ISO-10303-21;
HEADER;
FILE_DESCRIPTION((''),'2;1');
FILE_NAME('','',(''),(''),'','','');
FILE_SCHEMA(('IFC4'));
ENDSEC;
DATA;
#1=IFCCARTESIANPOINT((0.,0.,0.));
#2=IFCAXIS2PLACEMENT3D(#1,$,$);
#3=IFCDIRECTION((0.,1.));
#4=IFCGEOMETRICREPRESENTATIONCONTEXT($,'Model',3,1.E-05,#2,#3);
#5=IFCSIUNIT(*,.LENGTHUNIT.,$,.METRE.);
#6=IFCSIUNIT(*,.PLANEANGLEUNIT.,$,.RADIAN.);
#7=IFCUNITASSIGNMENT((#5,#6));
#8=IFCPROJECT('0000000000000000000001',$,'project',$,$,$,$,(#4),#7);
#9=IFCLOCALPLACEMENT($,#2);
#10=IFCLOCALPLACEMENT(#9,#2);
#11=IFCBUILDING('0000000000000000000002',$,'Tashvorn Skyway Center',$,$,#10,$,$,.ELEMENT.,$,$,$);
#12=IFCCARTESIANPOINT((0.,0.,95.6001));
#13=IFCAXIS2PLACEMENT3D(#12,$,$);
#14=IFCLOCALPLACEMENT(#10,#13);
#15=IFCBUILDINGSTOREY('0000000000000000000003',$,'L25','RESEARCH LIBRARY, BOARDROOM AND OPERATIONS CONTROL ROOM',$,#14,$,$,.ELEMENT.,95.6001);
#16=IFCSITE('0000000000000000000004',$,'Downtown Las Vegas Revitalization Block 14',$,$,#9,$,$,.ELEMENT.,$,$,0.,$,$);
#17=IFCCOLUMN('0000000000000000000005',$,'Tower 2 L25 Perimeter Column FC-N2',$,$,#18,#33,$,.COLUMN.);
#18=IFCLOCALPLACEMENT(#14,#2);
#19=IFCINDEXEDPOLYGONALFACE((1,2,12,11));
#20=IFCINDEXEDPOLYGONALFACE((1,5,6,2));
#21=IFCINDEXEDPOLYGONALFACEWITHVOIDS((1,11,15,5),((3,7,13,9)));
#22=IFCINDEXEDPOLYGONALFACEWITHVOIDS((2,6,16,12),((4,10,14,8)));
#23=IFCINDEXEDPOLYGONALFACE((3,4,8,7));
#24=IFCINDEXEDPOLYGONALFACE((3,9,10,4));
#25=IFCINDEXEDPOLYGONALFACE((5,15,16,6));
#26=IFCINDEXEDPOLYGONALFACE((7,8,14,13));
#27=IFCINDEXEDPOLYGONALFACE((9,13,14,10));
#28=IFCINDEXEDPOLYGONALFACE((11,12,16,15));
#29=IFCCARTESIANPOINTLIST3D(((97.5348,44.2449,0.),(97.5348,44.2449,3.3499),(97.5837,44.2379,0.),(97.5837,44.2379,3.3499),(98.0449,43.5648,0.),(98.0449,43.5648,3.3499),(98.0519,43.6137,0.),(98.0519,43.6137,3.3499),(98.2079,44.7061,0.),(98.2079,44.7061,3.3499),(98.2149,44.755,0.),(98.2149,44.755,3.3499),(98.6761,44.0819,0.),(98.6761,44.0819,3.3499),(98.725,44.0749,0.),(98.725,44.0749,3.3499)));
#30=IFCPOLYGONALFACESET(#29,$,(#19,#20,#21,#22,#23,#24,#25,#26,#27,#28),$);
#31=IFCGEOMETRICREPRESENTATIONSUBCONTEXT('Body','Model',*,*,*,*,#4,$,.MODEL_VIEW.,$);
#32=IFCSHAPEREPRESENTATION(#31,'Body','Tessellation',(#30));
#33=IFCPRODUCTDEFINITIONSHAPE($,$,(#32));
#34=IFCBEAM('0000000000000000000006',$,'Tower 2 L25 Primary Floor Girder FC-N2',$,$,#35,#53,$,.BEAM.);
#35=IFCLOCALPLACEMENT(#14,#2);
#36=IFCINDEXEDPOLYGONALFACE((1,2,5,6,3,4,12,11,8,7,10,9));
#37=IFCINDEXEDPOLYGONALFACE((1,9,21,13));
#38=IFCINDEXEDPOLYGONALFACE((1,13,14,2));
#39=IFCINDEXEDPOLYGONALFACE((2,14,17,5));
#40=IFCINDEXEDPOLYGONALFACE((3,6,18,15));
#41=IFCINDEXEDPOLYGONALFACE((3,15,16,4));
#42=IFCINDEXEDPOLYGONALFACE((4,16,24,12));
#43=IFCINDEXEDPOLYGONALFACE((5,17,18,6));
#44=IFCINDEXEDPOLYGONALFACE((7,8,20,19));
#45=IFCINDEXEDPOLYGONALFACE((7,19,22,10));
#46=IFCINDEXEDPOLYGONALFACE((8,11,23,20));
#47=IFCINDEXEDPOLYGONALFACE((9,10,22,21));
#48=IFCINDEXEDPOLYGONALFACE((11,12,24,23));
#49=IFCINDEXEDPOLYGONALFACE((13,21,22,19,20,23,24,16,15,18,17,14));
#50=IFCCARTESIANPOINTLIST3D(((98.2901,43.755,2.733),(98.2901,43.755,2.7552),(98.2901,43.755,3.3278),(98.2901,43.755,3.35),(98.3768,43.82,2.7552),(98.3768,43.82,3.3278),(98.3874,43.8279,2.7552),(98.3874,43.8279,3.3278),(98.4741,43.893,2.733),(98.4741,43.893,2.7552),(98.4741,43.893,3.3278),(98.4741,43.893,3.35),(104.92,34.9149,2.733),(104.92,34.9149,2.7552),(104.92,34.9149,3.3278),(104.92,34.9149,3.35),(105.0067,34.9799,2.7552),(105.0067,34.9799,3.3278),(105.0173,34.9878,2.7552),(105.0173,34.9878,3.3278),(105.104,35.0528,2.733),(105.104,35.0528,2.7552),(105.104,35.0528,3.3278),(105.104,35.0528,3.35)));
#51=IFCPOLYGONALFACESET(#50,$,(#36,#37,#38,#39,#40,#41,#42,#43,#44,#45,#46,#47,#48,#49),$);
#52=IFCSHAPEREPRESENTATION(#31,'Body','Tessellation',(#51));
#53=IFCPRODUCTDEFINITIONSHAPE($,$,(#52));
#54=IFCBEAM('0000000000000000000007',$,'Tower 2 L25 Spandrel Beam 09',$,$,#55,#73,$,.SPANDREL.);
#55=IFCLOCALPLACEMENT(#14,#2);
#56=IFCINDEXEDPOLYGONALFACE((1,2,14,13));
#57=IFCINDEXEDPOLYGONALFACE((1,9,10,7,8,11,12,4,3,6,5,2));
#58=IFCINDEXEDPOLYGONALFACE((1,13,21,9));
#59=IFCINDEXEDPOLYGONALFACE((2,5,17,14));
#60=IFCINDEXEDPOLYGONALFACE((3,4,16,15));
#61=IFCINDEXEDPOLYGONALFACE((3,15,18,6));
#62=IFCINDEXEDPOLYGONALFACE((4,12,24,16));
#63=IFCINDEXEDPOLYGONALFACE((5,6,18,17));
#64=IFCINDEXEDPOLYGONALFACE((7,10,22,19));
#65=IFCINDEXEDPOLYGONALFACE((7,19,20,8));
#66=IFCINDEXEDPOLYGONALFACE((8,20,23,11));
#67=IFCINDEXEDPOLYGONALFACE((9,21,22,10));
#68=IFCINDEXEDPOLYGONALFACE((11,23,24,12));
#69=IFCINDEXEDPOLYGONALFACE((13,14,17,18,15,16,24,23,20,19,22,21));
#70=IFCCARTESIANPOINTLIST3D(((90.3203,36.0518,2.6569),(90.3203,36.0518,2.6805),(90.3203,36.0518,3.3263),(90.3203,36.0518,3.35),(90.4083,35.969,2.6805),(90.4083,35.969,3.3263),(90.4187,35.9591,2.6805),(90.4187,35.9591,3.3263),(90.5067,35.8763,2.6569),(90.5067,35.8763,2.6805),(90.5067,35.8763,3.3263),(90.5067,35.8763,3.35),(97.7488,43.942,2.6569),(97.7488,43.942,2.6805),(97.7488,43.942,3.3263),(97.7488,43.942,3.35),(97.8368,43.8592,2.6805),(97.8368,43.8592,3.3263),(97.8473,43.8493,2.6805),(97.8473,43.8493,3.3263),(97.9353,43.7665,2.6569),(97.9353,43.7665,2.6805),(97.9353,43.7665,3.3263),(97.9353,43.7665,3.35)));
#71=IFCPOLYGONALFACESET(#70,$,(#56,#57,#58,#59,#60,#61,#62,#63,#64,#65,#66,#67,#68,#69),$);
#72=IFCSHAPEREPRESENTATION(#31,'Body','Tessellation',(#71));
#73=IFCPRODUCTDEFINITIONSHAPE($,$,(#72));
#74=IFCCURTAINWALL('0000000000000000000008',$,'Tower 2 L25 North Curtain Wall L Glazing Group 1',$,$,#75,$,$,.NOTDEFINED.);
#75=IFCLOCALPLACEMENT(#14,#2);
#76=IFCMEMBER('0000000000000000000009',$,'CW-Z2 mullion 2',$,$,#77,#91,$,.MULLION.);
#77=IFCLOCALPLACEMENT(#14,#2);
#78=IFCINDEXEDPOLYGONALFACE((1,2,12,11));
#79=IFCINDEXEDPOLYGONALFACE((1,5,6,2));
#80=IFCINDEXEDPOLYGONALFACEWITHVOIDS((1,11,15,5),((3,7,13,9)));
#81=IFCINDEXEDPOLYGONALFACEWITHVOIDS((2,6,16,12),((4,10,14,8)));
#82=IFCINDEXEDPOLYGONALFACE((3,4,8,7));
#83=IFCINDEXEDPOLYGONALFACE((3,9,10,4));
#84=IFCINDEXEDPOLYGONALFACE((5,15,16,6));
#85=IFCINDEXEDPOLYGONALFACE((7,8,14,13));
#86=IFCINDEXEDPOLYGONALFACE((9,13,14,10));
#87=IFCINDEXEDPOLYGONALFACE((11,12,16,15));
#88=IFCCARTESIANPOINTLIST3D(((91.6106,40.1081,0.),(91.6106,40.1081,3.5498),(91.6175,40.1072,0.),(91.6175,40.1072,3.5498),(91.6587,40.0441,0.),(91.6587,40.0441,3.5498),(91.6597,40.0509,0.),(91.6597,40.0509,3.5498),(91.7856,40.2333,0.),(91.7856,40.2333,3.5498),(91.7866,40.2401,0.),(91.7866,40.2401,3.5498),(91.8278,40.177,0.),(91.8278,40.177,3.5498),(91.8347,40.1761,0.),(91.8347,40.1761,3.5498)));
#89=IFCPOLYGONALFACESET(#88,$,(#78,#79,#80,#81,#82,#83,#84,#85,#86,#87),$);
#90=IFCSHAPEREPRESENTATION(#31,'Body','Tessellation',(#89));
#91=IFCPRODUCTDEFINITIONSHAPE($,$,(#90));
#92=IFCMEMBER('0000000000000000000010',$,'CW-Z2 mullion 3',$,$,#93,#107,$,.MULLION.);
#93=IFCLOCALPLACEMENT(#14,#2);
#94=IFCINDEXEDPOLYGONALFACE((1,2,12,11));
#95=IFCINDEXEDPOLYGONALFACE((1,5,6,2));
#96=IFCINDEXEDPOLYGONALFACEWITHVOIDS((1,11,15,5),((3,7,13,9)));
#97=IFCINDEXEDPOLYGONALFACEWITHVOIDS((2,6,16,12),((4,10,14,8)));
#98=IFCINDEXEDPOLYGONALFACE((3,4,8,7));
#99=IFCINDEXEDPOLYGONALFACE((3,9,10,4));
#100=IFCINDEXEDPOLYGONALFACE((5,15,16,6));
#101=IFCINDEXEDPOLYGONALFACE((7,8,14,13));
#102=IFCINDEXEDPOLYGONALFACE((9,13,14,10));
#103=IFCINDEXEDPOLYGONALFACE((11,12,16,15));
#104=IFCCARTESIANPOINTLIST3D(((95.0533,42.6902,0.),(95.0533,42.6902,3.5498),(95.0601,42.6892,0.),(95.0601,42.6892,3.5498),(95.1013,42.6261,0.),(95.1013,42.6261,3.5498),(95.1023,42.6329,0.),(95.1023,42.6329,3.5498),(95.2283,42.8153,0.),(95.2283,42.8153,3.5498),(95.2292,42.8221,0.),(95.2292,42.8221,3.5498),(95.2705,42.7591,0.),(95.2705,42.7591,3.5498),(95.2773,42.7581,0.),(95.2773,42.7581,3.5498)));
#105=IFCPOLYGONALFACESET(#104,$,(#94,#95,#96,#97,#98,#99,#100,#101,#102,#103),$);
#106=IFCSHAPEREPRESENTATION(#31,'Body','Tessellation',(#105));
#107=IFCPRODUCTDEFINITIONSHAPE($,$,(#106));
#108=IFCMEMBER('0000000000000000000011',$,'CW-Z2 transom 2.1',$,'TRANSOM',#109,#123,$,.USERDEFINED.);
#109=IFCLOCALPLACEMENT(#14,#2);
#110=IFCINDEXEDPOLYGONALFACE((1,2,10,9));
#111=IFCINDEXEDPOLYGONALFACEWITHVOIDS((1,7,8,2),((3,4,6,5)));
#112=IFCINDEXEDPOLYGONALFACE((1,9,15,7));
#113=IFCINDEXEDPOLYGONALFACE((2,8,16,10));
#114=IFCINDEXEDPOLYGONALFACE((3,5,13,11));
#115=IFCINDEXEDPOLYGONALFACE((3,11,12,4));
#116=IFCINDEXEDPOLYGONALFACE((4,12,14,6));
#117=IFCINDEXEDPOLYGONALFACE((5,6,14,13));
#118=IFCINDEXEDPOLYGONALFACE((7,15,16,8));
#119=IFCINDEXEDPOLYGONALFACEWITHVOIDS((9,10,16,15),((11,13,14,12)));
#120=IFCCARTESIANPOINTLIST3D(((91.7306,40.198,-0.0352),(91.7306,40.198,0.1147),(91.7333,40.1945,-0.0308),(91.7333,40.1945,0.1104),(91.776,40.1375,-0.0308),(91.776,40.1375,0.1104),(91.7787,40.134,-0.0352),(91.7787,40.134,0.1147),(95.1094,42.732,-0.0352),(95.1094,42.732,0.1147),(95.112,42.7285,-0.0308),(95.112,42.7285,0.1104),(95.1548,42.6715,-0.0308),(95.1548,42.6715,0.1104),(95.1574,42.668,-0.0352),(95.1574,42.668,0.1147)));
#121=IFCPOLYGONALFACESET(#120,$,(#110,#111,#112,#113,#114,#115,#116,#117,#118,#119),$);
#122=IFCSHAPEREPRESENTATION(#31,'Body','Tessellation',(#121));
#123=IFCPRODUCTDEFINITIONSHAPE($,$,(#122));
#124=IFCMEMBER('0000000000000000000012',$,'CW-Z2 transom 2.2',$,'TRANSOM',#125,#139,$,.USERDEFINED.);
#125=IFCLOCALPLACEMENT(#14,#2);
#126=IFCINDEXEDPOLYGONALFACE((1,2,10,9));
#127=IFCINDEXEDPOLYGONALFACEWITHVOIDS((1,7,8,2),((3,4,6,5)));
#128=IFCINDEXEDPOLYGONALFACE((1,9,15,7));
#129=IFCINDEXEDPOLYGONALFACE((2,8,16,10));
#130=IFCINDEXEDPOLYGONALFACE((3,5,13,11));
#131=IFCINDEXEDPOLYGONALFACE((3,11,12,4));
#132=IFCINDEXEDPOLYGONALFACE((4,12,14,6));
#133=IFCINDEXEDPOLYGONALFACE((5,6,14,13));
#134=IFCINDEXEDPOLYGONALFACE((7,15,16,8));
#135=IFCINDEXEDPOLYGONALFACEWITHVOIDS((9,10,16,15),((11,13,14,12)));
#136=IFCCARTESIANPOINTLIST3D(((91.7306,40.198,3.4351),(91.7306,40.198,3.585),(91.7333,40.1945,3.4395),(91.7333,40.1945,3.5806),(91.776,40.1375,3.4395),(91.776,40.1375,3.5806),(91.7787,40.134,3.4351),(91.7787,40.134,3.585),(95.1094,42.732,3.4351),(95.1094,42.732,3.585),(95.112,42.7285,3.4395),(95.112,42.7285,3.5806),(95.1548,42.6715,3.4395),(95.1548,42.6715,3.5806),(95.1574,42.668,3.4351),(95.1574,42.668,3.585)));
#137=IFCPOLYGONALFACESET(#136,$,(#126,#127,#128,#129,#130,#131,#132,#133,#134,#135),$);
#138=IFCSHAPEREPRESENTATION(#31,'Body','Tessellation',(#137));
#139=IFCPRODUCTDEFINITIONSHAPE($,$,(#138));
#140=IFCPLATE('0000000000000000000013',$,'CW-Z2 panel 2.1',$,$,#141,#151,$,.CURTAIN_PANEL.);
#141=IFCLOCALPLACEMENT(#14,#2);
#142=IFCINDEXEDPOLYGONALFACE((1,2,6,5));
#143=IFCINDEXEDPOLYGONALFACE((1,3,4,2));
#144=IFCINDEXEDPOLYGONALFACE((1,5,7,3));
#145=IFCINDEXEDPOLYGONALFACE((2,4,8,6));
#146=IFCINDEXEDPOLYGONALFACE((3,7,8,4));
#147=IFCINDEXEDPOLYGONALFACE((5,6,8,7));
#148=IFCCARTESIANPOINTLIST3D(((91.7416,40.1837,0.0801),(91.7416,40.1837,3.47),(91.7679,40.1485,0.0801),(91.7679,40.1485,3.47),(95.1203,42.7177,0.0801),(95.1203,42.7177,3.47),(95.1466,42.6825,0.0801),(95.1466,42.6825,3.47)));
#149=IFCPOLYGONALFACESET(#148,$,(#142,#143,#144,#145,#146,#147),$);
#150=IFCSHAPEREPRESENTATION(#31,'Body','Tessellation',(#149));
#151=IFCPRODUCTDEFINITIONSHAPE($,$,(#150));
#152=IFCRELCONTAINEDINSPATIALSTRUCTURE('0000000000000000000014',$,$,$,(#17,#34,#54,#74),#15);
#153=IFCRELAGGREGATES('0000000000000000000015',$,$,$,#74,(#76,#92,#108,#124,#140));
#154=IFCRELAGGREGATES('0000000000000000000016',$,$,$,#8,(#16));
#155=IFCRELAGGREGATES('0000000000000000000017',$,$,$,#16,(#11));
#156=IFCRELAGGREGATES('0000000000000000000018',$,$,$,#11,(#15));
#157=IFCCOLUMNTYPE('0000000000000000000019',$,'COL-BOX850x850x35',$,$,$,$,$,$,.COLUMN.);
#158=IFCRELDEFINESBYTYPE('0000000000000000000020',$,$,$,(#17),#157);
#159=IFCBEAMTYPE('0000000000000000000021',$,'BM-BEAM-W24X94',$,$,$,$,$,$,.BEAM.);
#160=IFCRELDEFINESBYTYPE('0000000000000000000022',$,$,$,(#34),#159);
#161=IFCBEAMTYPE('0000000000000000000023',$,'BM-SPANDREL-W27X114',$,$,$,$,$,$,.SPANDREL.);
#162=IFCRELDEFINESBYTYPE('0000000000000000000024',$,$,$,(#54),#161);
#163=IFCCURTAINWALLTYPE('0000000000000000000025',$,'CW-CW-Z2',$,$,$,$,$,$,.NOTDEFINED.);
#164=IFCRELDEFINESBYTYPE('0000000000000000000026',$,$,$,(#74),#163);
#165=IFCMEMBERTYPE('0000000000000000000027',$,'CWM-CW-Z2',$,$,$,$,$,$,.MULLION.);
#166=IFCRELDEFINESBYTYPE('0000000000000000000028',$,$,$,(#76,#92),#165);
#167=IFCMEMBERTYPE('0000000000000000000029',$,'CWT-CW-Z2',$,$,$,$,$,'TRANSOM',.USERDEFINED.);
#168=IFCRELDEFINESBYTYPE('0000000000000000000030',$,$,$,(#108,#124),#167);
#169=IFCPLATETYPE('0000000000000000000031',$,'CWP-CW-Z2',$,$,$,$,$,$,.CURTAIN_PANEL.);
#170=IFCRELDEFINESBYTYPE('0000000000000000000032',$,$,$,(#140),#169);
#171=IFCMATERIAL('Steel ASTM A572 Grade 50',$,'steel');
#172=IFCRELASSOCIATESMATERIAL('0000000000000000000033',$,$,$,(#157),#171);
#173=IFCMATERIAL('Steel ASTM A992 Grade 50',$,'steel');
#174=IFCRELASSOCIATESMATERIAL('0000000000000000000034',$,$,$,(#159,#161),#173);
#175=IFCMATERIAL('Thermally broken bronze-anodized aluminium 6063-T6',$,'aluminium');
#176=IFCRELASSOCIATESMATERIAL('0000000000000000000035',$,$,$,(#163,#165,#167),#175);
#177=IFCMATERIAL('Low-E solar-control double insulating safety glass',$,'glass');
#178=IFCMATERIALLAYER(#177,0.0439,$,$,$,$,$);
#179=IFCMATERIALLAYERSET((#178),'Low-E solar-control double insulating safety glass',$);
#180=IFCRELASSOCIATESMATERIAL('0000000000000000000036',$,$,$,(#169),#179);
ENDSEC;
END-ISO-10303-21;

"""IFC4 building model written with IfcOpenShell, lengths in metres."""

from ifc_helpers import new_model, si_unit, direction, frame, origin, origin_2d, place, context, subcontext, project, spatial, rectangle, hollow_rectangle, i_section, extrude, material, layer, layer_set, material_profile, profile_set, type_object, element, aggregate, save


model = new_model("IFC4")

# Units and contexts
model_context = context("Model", 3, precision=1e-05, world=origin(), true_north=direction((0.0, 1.0)))
body_context = subcontext(model_context, "Body", "Model", "MODEL_VIEW")
ifc_project = project(units=[si_unit("LENGTHUNIT", "METRE"), si_unit("PLANEANGLEUNIT", "RADIAN")], contexts=[model_context])

# Site, building, storey
site_placement = place(None, origin())
site = spatial("IfcSite", under=ifc_project, at=site_placement, Name="Downtown Las Vegas Revitalization Block 14", CompositionType="ELEMENT", RefElevation=0.0)
building_placement = place(site_placement, origin())
building = spatial("IfcBuilding", under=site, at=building_placement, Name="Tashvorn Skyway Center", CompositionType="ELEMENT")
storey_placement = place(building_placement, frame((0.0, 0.0, 95.6001)))
storey = spatial("IfcBuildingStorey", under=building, at=storey_placement, Name="L25", Description="RESEARCH LIBRARY, BOARDROOM AND OPERATIONS CONTROL ROOM", CompositionType="ELEMENT", Elevation=95.6001)

# Column
ifc_material_1 = material(Name="Steel ASTM A572 Grade 50", Category="steel")
ifc_material_profile_1 = material_profile(ifc_material_1, hollow_rectangle(XDim=0.8501, YDim=0.8501, WallThickness=0.0349, at=origin_2d()), Name="BOX850x850x35")
ifc_profile_set_1 = profile_set([ifc_material_profile_1], Name="Steel ASTM A572 Grade 50")
column_type = type_object("IfcColumnType", Name="COL-BOX850x850x35", PredefinedType="COLUMN", material=ifc_profile_set_1)
column_placement = place(storey_placement, frame((98.1299, 44.1599, 0.0), z_axis=(0.0, 0.0, 1.0), x_axis=(0.8, 0.6, 0.0)))
element("IfcColumn", 1, at=column_placement, inside=storey, type_object=column_type, Name="Tower 2 L25 Perimeter Column FC-N2", PredefinedType="COLUMN", context=body_context, shape_type="SweptSolid", body=[
    extrude(hollow_rectangle(XDim=0.8501, YDim=0.8501, WallThickness=0.0349, at=origin_2d()), origin(), (0.0, 0.0, 1.0), 3.3499),
])

# Beams
ifc_material_2 = material(Name="Steel ASTM A992 Grade 50", Category="steel")
ifc_material_profile_2 = material_profile(ifc_material_2, i_section(OverallWidth=0.23, OverallDepth=0.6169, WebThickness=0.0132, FlangeThickness=0.0222, at=origin_2d()), Name="W24X94")
ifc_profile_set_2 = profile_set([ifc_material_profile_2], Name="Steel ASTM A992 Grade 50")
beam_type_1 = type_object("IfcBeamType", Name="BM-BEAM-W24X94", PredefinedType="BEAM", material=ifc_profile_set_2)
beam_1_placement = place(storey_placement, frame((98.3821, 43.824, 3.0415), z_axis=(0.599989, -0.800008, 0.0), x_axis=(0.800008, 0.599989, 0.0)))
element("IfcBeam", 2, at=beam_1_placement, inside=storey, type_object=beam_type_1, Name="Tower 2 L25 Primary Floor Girder FC-N2", PredefinedType="BEAM", context=body_context, shape_type="SweptSolid", body=[
    extrude(i_section(OverallWidth=0.23, OverallDepth=0.6169, WebThickness=0.0132, FlangeThickness=0.0222, at=origin_2d()), origin(), (0.0, 0.0, 1.0), 11.05),
])
ifc_material_profile_3 = material_profile(ifc_material_2, i_section(OverallWidth=0.2561, OverallDepth=0.6931, WebThickness=0.0144, FlangeThickness=0.0237, at=origin_2d()), Name="W27X114")
ifc_profile_set_3 = profile_set([ifc_material_profile_3], Name="Steel ASTM A992 Grade 50")
beam_type_2 = type_object("IfcBeamType", Name="BM-SPANDREL-W27X114", PredefinedType="SPANDREL", material=ifc_profile_set_3)
beam_2_placement = place(storey_placement, frame((97.842, 43.8542, 3.0034), z_axis=(-0.685485, -0.728087, 0.0), x_axis=(0.728087, -0.685485, 0.0)))
element("IfcBeam", 3, at=beam_2_placement, inside=storey, type_object=beam_type_2, Name="Tower 2 L25 Spandrel Beam 09", PredefinedType="SPANDREL", context=body_context, shape_type="SweptSolid", body=[
    extrude(i_section(OverallWidth=0.2561, OverallDepth=0.6931, WebThickness=0.0144, FlangeThickness=0.0237, at=origin_2d()), origin(), (0.0, 0.0, 1.0), 10.8369),
])

# Curtain wall, members, plate
ifc_material_3 = material(Name="Thermally broken bronze-anodized aluminium 6063-T6", Category="aluminium")
curtain_wall_type = type_object("IfcCurtainWallType", Name="CW-CW-Z2", PredefinedType="NOTDEFINED", material=ifc_material_3)
curtain_wall_placement = place(storey_placement, origin())
curtain_wall = element("IfcCurtainWall", 4, at=curtain_wall_placement, inside=storey, type_object=curtain_wall_type, Name="Tower 2 L25 North Curtain Wall L Glazing Group 1", PredefinedType="NOTDEFINED")
ifc_material_profile_4 = material_profile(ifc_material_3, hollow_rectangle(XDim=0.0801, YDim=0.22, WallThickness=0.0049, at=origin_2d()), Name="ALU-MULL-80x220")
ifc_profile_set_4 = profile_set([ifc_material_profile_4], Name="Thermally broken bronze-anodized aluminium 6063-T6")
member_type_1 = type_object("IfcMemberType", Name="CWM-CW-Z2", PredefinedType="MULLION", material=ifc_profile_set_4)
member_1_placement = place(storey_placement, frame((91.7227, 40.1421, 0.0), z_axis=(0.0, 0.0, 1.0), x_axis=(-0.600002, 0.799999, 0.0)))
member_1 = element("IfcMember", 5, at=member_1_placement, type_object=member_type_1, Name="CW-Z2 mullion 2", PredefinedType="MULLION", context=body_context, shape_type="SweptSolid", body=[
    extrude(hollow_rectangle(XDim=0.0801, YDim=0.22, WallThickness=0.0049, at=origin_2d()), origin(), (0.0, 0.0, 1.0), 3.5498),
])
member_2_placement = place(storey_placement, frame((95.1653, 42.7241, 0.0), z_axis=(0.0, 0.0, 1.0), x_axis=(-0.600002, 0.799999, 0.0)))
member_2 = element("IfcMember", 6, at=member_2_placement, type_object=member_type_1, Name="CW-Z2 mullion 3", PredefinedType="MULLION", context=body_context, shape_type="SweptSolid", body=[
    extrude(hollow_rectangle(XDim=0.0801, YDim=0.22, WallThickness=0.0049, at=origin_2d()), origin(), (0.0, 0.0, 1.0), 3.5498),
])
ifc_material_profile_5 = material_profile(ifc_material_3, hollow_rectangle(XDim=0.0801, YDim=0.1499, WallThickness=0.0044, at=origin_2d()), Name="ALU-TRAN-80x150")
ifc_profile_set_5 = profile_set([ifc_material_profile_5], Name="Thermally broken bronze-anodized aluminium 6063-T6")
member_type_2 = type_object("IfcMemberType", Name="CWT-CW-Z2", ElementType="TRANSOM", PredefinedType="USERDEFINED", material=ifc_profile_set_5)
member_3_placement = place(storey_placement, frame((91.7546, 40.166, 0.0398), z_axis=(0.800007, 0.599991, 0.0), x_axis=(-0.599991, 0.800007, 0.0)))
member_3 = element("IfcMember", 7, at=member_3_placement, type_object=member_type_2, Name="CW-Z2 transom 2.1", ObjectType="TRANSOM", PredefinedType="USERDEFINED", context=body_context, shape_type="SweptSolid", body=[
    extrude(hollow_rectangle(XDim=0.0801, YDim=0.1499, WallThickness=0.0044, at=origin_2d()), origin(), (0.0, 0.0, 1.0), 4.2234),
])
member_4_placement = place(storey_placement, frame((91.7546, 40.166, 3.51), z_axis=(0.800007, 0.599991, 0.0), x_axis=(-0.599991, 0.800007, 0.0)))
member_4 = element("IfcMember", 8, at=member_4_placement, type_object=member_type_2, Name="CW-Z2 transom 2.2", ObjectType="TRANSOM", PredefinedType="USERDEFINED", context=body_context, shape_type="SweptSolid", body=[
    extrude(hollow_rectangle(XDim=0.0801, YDim=0.1499, WallThickness=0.0044, at=origin_2d()), origin(), (0.0, 0.0, 1.0), 4.2234),
])
ifc_material_4 = material(Name="Low-E solar-control double insulating safety glass", Category="glass")
ifc_layer_1 = layer(ifc_material_4, 0.0439)
ifc_layer_set_1 = layer_set([ifc_layer_1], Name="Low-E solar-control double insulating safety glass")
plate_type = type_object("IfcPlateType", Name="CWP-CW-Z2", PredefinedType="CURTAIN_PANEL", material=ifc_layer_set_1)
plate_placement = place(storey_placement, frame((93.4441, 41.4331, 0.0801), z_axis=(0.0, 0.0, 1.0), x_axis=(0.799999, 0.600002, 0.0)))
plate = element("IfcPlate", 9, at=plate_placement, type_object=plate_type, Name="CW-Z2 panel 2.1", PredefinedType="CURTAIN_PANEL", context=body_context, shape_type="SweptSolid", body=[
    extrude(rectangle(XDim=4.2234, YDim=0.0439, at=origin_2d()), origin(), (0.0, 0.0, 1.0), 3.3899),
])
aggregate(curtain_wall, [member_1, member_2, member_3, member_4, plate])

save(model, "model.ifc")
